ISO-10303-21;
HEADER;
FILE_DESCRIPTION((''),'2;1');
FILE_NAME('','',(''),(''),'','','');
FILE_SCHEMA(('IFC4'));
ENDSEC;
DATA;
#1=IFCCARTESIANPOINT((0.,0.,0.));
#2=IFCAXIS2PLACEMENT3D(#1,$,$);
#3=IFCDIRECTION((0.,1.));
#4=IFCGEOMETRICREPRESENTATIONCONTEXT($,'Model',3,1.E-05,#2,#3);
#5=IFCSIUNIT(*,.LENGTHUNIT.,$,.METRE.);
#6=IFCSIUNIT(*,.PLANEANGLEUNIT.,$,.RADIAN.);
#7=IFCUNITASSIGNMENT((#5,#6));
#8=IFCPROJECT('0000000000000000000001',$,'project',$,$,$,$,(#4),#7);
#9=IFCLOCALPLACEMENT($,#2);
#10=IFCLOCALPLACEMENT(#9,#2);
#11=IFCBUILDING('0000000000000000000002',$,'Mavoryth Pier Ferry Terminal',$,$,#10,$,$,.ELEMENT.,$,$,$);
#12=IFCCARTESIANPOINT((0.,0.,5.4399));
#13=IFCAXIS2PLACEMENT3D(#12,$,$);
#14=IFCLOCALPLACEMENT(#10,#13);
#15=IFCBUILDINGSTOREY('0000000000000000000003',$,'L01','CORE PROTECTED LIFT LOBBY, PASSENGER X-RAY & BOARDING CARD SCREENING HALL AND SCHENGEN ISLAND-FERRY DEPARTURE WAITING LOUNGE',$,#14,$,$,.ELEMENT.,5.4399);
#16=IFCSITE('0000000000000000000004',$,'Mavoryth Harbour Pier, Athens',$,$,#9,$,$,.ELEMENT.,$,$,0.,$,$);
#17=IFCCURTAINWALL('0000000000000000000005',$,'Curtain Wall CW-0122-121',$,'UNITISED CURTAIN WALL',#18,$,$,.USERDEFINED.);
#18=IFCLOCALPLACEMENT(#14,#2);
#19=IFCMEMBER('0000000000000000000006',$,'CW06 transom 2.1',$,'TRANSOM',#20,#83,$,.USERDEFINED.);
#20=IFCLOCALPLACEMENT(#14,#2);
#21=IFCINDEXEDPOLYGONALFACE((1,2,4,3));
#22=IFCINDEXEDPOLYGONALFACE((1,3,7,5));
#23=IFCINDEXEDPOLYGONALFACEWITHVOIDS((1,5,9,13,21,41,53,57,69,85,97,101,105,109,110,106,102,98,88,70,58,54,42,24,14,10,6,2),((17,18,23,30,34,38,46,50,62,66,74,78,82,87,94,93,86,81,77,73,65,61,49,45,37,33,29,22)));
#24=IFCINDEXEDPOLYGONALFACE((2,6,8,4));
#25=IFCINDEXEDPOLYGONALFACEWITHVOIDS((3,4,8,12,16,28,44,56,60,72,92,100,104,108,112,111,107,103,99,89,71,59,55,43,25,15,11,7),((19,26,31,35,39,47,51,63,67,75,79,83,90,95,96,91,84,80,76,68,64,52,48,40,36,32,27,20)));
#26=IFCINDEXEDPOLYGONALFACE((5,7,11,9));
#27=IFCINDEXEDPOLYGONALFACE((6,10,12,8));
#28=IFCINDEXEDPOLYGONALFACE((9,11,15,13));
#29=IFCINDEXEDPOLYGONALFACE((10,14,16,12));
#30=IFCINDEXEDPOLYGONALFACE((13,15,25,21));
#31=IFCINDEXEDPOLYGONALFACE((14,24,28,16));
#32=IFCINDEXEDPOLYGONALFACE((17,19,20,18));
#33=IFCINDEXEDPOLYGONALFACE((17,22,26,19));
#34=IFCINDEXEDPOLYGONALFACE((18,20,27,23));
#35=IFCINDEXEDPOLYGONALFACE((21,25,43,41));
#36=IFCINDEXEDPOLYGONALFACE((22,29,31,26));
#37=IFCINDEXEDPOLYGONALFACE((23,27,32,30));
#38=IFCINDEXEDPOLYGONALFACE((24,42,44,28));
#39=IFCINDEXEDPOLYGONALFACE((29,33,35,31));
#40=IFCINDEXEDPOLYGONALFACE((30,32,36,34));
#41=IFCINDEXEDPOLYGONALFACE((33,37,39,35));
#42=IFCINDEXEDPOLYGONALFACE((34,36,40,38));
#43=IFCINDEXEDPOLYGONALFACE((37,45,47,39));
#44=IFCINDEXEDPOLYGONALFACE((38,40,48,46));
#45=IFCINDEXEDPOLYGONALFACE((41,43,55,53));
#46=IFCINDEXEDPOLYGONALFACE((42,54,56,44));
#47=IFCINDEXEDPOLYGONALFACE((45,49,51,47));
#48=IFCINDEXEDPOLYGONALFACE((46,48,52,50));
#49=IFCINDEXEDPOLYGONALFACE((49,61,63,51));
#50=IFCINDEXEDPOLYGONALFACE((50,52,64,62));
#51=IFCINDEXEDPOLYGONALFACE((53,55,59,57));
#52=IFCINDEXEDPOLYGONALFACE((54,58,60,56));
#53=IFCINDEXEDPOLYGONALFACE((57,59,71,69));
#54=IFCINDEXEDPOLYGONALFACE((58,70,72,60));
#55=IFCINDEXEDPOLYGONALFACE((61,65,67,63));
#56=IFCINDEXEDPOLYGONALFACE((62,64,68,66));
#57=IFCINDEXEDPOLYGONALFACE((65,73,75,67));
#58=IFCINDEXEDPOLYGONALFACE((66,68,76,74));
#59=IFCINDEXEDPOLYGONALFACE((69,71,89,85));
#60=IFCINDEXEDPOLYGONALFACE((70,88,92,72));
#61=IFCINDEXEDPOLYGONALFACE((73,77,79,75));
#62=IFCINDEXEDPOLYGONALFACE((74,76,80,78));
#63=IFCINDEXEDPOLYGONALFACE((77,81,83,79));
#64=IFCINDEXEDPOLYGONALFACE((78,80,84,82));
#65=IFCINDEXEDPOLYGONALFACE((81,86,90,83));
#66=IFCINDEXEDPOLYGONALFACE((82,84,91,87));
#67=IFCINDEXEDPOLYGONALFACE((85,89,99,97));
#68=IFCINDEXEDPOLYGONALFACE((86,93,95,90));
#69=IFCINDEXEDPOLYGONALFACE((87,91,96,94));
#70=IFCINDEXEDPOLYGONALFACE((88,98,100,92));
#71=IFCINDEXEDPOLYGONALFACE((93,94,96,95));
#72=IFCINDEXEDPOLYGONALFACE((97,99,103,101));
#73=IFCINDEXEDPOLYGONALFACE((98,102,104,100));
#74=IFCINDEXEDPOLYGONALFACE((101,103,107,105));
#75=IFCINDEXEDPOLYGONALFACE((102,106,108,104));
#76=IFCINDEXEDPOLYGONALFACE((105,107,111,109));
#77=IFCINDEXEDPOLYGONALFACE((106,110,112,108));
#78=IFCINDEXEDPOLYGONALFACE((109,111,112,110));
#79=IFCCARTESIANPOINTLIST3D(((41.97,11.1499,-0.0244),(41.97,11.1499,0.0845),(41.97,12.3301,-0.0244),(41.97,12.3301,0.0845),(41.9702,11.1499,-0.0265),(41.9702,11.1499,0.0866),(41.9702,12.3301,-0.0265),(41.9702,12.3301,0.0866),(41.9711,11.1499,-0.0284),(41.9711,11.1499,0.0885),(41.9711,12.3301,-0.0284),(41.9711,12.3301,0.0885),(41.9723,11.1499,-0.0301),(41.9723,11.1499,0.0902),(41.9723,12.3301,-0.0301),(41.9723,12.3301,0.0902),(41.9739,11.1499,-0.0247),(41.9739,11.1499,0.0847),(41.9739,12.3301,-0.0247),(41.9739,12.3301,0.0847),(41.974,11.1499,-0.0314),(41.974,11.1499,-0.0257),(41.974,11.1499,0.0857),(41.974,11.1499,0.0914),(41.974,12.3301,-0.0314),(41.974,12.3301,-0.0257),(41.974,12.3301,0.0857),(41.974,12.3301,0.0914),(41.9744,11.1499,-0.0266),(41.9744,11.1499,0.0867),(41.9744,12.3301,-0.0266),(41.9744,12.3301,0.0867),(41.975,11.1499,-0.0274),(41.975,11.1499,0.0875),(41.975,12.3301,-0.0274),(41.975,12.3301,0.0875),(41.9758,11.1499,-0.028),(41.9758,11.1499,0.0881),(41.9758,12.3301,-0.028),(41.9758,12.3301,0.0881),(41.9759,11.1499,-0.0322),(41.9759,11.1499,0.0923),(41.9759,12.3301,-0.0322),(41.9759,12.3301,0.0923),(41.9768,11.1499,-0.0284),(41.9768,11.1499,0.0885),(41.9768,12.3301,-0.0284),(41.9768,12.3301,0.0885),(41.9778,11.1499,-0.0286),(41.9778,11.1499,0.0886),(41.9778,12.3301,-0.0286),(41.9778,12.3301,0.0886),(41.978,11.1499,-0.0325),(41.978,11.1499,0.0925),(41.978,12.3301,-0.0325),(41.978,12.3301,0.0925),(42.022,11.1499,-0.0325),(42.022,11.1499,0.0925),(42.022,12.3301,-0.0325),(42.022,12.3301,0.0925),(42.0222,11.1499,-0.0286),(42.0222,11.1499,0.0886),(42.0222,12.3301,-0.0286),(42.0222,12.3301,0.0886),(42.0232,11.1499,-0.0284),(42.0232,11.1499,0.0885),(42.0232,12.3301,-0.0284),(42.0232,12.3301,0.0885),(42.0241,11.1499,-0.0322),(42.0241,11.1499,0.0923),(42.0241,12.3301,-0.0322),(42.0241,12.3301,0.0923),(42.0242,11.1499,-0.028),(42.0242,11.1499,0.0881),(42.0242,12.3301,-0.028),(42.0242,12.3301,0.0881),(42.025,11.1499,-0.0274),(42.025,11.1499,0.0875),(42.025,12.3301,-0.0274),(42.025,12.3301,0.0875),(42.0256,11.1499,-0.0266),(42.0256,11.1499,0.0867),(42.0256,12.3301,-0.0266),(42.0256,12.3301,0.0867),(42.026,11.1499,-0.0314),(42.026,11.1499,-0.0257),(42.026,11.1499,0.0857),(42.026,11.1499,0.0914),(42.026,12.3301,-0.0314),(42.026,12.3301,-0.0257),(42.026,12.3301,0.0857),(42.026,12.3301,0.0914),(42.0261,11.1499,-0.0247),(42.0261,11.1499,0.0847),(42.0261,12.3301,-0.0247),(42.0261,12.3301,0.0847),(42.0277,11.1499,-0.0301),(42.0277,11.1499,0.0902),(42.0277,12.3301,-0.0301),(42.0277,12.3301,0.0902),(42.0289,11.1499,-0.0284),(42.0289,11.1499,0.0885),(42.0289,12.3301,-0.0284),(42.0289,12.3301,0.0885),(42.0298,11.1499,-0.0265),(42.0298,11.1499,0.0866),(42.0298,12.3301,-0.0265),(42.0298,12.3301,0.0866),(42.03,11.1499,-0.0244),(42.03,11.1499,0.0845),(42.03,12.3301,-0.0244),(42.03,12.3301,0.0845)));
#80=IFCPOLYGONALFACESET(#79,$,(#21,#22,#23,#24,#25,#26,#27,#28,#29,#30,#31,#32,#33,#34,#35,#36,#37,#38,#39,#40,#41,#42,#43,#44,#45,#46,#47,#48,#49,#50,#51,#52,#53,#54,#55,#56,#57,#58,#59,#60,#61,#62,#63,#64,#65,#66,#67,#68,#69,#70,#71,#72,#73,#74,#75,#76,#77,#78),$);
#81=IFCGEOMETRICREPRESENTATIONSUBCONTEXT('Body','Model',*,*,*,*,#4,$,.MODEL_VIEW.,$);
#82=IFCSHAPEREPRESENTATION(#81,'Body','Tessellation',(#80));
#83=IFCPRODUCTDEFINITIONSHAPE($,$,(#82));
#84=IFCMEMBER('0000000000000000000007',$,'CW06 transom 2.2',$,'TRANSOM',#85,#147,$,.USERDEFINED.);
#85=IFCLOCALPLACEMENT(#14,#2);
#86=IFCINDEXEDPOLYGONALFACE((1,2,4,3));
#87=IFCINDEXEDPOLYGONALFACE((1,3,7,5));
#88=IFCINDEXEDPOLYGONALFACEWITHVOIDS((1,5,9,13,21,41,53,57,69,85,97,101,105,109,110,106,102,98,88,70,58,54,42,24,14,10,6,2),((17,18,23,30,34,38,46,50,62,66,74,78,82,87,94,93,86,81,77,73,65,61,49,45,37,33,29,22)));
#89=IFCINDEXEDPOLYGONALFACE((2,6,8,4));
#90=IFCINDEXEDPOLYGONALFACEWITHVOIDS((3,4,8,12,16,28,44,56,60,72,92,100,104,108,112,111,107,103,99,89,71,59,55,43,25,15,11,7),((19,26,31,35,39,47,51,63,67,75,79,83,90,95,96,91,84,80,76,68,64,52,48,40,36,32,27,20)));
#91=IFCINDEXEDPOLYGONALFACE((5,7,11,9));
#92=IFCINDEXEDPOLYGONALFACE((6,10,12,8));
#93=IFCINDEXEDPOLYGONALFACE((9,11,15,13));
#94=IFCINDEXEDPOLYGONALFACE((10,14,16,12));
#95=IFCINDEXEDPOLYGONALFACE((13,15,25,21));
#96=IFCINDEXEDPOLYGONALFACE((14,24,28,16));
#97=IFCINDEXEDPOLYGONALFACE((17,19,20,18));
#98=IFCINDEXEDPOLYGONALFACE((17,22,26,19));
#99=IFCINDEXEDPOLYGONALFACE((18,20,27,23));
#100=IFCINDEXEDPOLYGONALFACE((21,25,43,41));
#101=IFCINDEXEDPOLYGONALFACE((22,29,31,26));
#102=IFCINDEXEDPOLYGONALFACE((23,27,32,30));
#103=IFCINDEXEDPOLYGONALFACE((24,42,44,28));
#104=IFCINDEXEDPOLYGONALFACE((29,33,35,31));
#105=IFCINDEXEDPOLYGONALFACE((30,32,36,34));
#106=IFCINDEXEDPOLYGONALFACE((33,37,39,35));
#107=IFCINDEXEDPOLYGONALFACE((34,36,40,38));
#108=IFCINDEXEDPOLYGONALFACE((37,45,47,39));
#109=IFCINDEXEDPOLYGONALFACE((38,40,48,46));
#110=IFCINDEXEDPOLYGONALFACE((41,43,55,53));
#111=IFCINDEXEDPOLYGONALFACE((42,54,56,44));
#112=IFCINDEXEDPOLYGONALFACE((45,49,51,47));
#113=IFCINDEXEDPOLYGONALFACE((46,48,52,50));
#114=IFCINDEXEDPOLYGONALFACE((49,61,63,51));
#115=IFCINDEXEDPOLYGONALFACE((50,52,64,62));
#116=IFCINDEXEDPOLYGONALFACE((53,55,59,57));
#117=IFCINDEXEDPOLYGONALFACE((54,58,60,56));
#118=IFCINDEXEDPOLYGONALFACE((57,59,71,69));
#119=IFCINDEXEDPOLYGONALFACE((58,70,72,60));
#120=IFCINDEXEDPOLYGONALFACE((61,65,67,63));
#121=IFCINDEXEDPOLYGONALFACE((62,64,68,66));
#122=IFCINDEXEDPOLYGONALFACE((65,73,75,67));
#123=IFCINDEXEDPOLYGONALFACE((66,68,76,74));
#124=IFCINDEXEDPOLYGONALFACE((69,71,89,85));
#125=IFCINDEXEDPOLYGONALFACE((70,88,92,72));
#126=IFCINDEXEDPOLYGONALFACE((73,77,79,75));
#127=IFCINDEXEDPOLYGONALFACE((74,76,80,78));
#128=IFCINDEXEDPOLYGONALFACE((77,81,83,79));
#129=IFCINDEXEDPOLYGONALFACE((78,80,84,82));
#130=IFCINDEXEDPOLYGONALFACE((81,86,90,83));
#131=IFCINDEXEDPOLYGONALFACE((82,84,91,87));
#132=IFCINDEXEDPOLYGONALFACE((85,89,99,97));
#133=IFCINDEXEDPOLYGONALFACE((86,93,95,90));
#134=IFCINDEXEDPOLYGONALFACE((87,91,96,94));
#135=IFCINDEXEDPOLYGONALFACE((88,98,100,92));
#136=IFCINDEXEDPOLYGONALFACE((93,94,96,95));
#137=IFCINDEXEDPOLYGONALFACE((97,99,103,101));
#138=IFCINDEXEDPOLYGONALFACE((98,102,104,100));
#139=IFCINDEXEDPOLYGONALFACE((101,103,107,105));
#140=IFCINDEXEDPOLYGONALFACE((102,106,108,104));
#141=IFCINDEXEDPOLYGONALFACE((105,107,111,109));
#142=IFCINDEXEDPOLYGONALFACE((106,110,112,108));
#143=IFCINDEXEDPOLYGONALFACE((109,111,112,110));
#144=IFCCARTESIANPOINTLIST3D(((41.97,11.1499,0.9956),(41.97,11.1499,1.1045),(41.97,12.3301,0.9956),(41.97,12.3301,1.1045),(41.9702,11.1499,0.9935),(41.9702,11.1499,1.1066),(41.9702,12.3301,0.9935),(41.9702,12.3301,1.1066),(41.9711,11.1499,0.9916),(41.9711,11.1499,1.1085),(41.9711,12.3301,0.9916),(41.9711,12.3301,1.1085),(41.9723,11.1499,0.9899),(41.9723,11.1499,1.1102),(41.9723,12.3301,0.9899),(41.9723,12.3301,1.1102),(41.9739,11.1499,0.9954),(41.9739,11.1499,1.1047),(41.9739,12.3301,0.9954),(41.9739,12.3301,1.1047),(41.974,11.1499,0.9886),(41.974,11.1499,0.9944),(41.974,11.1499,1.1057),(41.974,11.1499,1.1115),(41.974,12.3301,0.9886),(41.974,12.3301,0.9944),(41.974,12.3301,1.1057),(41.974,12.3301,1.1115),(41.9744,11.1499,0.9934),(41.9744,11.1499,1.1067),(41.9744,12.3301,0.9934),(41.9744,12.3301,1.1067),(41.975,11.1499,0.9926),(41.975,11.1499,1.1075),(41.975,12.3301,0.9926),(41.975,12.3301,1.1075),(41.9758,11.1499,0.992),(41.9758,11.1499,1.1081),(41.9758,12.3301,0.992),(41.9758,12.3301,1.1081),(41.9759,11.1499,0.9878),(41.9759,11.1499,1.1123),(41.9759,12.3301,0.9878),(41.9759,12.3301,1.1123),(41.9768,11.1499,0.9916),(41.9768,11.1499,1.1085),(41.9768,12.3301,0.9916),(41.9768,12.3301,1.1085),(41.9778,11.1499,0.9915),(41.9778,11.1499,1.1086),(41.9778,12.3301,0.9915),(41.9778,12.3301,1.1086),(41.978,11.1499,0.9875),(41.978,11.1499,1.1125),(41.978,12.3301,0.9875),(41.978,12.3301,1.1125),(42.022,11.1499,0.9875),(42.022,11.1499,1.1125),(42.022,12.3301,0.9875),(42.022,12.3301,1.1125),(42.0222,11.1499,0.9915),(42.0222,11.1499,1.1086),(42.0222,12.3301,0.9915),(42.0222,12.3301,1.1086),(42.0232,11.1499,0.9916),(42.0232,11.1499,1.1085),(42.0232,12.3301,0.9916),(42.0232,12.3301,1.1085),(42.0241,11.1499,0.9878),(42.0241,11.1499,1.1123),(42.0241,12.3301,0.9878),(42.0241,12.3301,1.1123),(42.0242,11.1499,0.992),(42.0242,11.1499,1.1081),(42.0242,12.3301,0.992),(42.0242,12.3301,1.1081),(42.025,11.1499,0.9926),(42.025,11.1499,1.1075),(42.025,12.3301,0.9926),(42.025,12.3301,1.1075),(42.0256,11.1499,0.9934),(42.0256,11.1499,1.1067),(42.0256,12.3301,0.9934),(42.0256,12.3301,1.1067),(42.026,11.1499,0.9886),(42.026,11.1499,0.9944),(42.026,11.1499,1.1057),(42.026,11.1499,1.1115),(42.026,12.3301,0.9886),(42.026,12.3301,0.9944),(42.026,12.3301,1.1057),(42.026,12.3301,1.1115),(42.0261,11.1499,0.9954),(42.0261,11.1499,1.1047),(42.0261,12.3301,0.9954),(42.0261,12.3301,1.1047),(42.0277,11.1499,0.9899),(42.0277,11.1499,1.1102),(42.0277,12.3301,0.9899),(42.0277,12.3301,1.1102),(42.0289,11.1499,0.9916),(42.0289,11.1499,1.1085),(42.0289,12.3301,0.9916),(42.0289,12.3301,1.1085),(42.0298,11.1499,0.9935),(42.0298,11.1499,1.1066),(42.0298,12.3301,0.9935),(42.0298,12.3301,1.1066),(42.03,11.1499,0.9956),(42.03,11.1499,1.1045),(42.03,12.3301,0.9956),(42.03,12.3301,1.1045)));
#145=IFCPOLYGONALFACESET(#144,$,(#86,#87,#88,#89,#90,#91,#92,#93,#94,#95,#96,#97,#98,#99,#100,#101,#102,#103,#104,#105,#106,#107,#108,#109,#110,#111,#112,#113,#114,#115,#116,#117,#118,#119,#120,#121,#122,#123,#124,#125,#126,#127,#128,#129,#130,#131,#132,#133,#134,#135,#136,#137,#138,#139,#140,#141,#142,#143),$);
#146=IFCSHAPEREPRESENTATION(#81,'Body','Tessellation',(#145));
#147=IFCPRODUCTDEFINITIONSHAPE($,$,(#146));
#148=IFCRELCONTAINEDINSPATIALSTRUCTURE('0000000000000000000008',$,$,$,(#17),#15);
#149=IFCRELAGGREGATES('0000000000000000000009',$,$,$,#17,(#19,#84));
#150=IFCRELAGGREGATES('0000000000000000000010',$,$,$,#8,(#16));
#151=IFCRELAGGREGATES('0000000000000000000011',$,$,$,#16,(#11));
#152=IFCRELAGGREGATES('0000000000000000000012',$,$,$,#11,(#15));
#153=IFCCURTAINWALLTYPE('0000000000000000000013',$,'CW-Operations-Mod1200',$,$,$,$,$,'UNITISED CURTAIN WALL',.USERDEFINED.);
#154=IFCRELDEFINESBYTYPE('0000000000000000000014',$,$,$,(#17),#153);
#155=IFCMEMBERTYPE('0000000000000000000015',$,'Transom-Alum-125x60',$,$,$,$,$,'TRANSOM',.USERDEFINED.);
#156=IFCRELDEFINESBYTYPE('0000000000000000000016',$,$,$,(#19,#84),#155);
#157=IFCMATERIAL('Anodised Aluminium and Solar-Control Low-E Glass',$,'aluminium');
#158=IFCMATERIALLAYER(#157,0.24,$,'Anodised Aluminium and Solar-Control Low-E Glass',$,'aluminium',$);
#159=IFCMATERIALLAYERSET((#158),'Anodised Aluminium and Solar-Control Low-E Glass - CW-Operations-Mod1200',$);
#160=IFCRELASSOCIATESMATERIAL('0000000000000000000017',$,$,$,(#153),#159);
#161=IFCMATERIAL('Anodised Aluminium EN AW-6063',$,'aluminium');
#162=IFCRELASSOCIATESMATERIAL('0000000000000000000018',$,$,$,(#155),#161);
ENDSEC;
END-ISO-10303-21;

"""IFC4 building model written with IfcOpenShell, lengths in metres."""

from ifc_helpers import new_model, si_unit, direction, frame, origin, origin_2d, place, context, subcontext, project, spatial, hollow_rectangle, extrude, material, layer, layer_set, material_profile, profile_set, type_object, element, aggregate, save


model = new_model("IFC4")

# Units and contexts
model_context = context("Model", 3, precision=1e-05, world=origin(), true_north=direction((0.0, 1.0)))
body_context = subcontext(model_context, "Body", "Model", "MODEL_VIEW")
ifc_project = project(units=[si_unit("LENGTHUNIT", "METRE"), si_unit("PLANEANGLEUNIT", "RADIAN")], contexts=[model_context])

# Site, building, storey
site_placement = place(None, origin())
site = spatial("IfcSite", under=ifc_project, at=site_placement, Name="Mavoryth Harbour Pier, Athens", CompositionType="ELEMENT", RefElevation=0.0)
building_placement = place(site_placement, origin())
building = spatial("IfcBuilding", under=site, at=building_placement, Name="Mavoryth Pier Ferry Terminal", CompositionType="ELEMENT")
storey_placement = place(building_placement, frame((0.0, 0.0, 5.4399)))
storey = spatial("IfcBuildingStorey", under=building, at=storey_placement, Name="L01", Description="CORE PROTECTED LIFT LOBBY, PASSENGER X-RAY & BOARDING CARD SCREENING HALL AND SCHENGEN ISLAND-FERRY DEPARTURE WAITING LOUNGE", CompositionType="ELEMENT", Elevation=5.4399)

# Curtain wall
ifc_material_1 = material(Name="Anodised Aluminium and Solar-Control Low-E Glass", Category="aluminium")
ifc_layer_1 = layer(ifc_material_1, 0.24, Name="Anodised Aluminium and Solar-Control Low-E Glass", Category="aluminium")
ifc_layer_set_1 = layer_set([ifc_layer_1], Name="Anodised Aluminium and Solar-Control Low-E Glass - CW-Operations-Mod1200")
curtain_wall_type_1 = type_object("IfcCurtainWallType", Name="CW-Operations-Mod1200", ElementType="UNITISED CURTAIN WALL", PredefinedType="USERDEFINED", material=ifc_layer_set_1)
curtain_wall_1_placement = place(storey_placement, origin())
curtain_wall_1 = element("IfcCurtainWall", 1, at=curtain_wall_1_placement, inside=storey, type_object=curtain_wall_type_1, Name="Curtain Wall CW-0122-121", ObjectType="UNITISED CURTAIN WALL", PredefinedType="USERDEFINED")
ifc_material_2 = material(Name="Anodised Aluminium EN AW-6063", Category="aluminium")

# Members
ifc_material_profile_1 = material_profile(ifc_material_2, hollow_rectangle(XDim=0.0601, YDim=0.125, WallThickness=0.0039, InnerFilletRadius=0.0039, OuterFilletRadius=0.0081, at=origin_2d()), Name="AL-TRAN 125x60x4", Category="aluminium")
ifc_profile_set_1 = profile_set([ifc_material_profile_1], Name="Anodised Aluminium EN AW-6063 - AL-TRAN 125x60x4")
member_type_1 = type_object("IfcMemberType", Name="Transom-Alum-125x60", ElementType="TRANSOM", PredefinedType="USERDEFINED", material=ifc_profile_set_1)
member_1_placement = place(storey_placement, frame((42.0, 12.3301, 0.03), z_axis=(0.0, -1.0, 0.0), x_axis=(1.0, 0.0, 0.0)))
member_1 = element("IfcMember", 2, at=member_1_placement, type_object=member_type_1, Name="CW06 transom 2.1", ObjectType="TRANSOM", PredefinedType="USERDEFINED", context=body_context, shape_type="SweptSolid", body=[
    extrude(hollow_rectangle(XDim=0.0601, YDim=0.125, WallThickness=0.0039, InnerFilletRadius=0.0039, OuterFilletRadius=0.0081, at=origin_2d()), origin(), (0.0, 0.0, 1.0), 1.1802),
])
member_2_placement = place(storey_placement, frame((42.0, 12.3301, 1.05), z_axis=(0.0, -1.0, 0.0), x_axis=(1.0, 0.0, 0.0)))
member_2 = element("IfcMember", 3, at=member_2_placement, type_object=member_type_1, Name="CW06 transom 2.2", ObjectType="TRANSOM", PredefinedType="USERDEFINED", context=body_context, shape_type="SweptSolid", body=[
    extrude(hollow_rectangle(XDim=0.0601, YDim=0.125, WallThickness=0.0039, InnerFilletRadius=0.0039, OuterFilletRadius=0.0081, at=origin_2d()), origin(), (0.0, 0.0, 1.0), 1.1802),
])

aggregate(curtain_wall_1, [member_1, member_2])

save(model, "model.ifc")
